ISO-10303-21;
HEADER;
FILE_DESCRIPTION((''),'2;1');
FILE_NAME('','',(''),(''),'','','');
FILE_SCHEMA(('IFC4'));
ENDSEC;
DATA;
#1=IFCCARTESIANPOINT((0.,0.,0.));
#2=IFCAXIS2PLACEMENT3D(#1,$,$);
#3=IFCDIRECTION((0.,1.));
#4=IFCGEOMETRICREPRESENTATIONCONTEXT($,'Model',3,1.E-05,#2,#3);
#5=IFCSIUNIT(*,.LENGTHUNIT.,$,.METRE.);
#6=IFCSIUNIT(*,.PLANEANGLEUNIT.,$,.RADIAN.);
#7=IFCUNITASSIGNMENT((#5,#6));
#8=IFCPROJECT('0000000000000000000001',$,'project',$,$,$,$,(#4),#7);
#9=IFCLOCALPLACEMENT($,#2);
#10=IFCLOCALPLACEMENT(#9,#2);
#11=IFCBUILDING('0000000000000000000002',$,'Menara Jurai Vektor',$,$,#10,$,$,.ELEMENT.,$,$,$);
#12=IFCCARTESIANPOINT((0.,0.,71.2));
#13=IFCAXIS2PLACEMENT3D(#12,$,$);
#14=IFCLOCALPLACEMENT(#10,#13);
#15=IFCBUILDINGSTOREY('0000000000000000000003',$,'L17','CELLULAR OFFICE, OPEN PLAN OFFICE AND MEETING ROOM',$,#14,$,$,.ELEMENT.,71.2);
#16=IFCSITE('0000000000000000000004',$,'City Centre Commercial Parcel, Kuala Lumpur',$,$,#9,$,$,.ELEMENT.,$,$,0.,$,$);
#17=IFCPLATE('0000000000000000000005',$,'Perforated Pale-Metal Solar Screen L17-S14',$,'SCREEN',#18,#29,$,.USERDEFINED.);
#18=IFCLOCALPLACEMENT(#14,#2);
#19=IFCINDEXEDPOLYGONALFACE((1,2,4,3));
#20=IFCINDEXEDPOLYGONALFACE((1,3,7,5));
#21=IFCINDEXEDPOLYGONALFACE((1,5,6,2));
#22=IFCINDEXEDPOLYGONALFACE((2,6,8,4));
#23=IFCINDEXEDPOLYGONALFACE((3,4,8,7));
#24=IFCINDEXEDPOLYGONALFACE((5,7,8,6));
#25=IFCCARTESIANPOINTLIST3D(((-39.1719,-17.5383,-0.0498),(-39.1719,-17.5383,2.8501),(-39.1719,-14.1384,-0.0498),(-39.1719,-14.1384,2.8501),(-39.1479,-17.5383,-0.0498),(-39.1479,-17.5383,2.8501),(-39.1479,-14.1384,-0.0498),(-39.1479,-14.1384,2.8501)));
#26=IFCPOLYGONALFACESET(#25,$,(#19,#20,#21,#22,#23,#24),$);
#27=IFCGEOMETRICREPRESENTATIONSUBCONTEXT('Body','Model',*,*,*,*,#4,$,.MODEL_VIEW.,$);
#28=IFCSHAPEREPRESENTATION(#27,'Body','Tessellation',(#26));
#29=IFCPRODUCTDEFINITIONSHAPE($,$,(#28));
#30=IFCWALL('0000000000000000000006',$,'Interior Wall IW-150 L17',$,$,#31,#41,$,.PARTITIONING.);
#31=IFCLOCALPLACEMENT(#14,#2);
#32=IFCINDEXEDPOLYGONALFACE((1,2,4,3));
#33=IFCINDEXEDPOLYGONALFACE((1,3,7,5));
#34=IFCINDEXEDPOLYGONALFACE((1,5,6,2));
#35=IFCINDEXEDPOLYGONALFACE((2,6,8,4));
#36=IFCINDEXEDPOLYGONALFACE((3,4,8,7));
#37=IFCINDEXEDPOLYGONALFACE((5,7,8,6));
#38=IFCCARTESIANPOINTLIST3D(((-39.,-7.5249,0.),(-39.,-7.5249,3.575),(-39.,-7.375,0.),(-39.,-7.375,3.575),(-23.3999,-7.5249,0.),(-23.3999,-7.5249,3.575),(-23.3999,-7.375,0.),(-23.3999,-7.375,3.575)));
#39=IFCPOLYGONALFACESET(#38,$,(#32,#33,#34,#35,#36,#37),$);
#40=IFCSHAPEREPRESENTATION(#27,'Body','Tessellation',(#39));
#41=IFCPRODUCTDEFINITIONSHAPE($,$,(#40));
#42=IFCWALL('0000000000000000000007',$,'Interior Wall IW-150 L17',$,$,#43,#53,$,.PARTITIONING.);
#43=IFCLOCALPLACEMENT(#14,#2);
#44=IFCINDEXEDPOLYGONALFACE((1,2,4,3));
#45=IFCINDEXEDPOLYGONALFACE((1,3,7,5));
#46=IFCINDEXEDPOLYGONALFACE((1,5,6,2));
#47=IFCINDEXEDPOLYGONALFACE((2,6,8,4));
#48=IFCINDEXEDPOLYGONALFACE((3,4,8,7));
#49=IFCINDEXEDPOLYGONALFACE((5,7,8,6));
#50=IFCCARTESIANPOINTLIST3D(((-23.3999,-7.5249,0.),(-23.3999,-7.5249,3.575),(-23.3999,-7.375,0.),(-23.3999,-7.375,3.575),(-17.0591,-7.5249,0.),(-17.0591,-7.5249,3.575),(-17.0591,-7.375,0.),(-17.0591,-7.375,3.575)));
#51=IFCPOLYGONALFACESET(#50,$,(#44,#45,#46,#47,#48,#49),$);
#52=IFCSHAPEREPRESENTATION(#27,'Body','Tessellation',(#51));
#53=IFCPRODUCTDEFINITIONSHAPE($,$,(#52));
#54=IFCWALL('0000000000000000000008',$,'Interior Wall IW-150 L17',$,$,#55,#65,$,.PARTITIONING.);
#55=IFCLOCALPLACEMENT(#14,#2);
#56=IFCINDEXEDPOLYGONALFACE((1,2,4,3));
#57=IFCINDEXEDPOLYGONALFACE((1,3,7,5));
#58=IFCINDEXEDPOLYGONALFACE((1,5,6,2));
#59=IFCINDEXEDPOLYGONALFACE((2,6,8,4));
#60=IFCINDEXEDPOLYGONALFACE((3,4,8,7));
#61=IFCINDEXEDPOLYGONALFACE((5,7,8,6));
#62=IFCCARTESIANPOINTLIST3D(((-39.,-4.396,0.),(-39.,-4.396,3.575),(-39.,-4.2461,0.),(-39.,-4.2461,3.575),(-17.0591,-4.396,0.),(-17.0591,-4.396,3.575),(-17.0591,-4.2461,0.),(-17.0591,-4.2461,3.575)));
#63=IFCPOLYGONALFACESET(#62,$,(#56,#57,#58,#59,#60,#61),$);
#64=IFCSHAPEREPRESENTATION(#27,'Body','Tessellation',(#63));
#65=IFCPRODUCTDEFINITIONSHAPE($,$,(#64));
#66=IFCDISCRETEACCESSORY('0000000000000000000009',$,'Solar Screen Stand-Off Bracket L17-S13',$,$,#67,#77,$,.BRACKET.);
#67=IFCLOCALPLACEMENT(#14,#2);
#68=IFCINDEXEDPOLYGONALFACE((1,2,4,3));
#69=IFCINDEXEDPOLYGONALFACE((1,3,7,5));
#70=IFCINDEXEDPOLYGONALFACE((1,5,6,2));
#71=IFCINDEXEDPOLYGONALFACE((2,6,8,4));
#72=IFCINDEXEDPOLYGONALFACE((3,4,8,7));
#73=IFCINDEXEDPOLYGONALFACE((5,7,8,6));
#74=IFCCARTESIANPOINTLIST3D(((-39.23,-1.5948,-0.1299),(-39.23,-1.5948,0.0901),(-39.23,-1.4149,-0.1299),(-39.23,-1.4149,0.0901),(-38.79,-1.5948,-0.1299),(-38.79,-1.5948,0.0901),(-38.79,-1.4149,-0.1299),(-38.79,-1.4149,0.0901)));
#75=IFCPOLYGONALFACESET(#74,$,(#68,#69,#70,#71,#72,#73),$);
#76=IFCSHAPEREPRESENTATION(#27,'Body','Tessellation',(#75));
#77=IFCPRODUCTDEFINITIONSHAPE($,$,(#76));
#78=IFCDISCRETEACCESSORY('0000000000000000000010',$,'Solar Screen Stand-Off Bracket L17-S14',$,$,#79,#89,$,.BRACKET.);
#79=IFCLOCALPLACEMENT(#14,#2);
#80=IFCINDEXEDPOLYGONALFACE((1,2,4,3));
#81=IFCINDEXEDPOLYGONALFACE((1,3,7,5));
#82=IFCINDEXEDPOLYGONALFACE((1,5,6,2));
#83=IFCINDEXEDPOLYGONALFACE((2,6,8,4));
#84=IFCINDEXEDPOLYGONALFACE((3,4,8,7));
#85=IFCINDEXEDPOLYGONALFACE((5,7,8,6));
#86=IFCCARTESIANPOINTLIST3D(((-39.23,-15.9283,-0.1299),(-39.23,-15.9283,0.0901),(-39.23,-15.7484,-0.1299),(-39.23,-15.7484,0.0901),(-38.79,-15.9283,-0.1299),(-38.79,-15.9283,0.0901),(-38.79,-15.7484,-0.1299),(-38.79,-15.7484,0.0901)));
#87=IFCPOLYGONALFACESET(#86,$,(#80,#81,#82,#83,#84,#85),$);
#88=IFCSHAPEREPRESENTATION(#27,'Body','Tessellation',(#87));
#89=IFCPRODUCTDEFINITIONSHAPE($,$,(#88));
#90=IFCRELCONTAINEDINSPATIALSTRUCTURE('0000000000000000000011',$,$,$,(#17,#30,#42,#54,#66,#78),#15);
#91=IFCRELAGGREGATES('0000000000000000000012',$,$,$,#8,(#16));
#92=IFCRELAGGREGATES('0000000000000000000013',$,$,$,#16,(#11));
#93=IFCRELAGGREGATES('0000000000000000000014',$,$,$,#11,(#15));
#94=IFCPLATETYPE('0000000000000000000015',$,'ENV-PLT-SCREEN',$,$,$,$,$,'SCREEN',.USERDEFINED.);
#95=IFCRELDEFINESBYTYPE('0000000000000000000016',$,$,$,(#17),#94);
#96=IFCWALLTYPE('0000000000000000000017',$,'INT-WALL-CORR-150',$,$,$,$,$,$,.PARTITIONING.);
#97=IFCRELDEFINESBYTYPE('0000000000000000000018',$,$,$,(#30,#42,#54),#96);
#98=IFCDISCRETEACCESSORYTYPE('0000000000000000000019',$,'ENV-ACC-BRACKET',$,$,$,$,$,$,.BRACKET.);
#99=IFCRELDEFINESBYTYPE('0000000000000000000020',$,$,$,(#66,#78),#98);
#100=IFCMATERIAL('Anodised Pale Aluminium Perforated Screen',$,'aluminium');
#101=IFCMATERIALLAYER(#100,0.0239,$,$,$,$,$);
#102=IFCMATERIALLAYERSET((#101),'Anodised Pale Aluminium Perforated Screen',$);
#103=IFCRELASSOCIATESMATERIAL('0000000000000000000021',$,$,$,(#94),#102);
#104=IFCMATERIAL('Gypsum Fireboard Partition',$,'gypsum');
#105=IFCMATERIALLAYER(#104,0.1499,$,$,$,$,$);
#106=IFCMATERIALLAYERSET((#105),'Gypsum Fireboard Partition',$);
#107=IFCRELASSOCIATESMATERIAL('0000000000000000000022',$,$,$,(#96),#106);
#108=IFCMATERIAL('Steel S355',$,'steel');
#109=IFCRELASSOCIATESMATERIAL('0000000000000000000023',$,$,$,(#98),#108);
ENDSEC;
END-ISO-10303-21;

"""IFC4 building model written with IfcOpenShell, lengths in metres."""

from ifc_helpers import new_model, si_unit, direction, frame, frame_2d, origin, origin_2d, place, context, subcontext, project, spatial, rectangle, extrude, material, layer, layer_set, type_object, element, save


model = new_model("IFC4")

# Units and contexts
model_context = context("Model", 3, precision=1e-05, world=origin(), true_north=direction((0.0, 1.0)))
body_context = subcontext(model_context, "Body", "Model", "MODEL_VIEW")
ifc_project = project(units=[si_unit("LENGTHUNIT", "METRE"), si_unit("PLANEANGLEUNIT", "RADIAN")], contexts=[model_context])

# Site, building, storey
site_placement = place(None, origin())
site = spatial("IfcSite", under=ifc_project, at=site_placement, Name="City Centre Commercial Parcel, Kuala Lumpur", CompositionType="ELEMENT", RefElevation=0.0)
building_placement = place(site_placement, origin())
building = spatial("IfcBuilding", under=site, at=building_placement, Name="Menara Jurai Vektor", CompositionType="ELEMENT")
storey_placement = place(building_placement, frame((0.0, 0.0, 71.2)))
storey = spatial("IfcBuildingStorey", under=building, at=storey_placement, Name="L17", Description="CELLULAR OFFICE, OPEN PLAN OFFICE AND MEETING ROOM", CompositionType="ELEMENT", Elevation=71.2)

# Shared definitions
ifc_material_1 = material(Name="Steel S355", Category="steel")

# Plate
ifc_material_2 = material(Name="Anodised Pale Aluminium Perforated Screen", Category="aluminium")
ifc_layer_1 = layer(ifc_material_2, 0.0239)
ifc_layer_set_1 = layer_set([ifc_layer_1], Name="Anodised Pale Aluminium Perforated Screen")
plate_type_1 = type_object("IfcPlateType", Name="ENV-PLT-SCREEN", ElementType="SCREEN", PredefinedType="USERDEFINED", material=ifc_layer_set_1)
for number, where, z_axis, x_axis, name in (
    (1, (-39.1599, -15.8384, -0.0498), (0.0, 0.0, 1.0), (0.0, -1.0, 0.0), "Perforated Pale-Metal Solar Screen L17-S14"),
):
    element("IfcPlate", number, at=place(storey_placement, frame(where, z_axis=z_axis, x_axis=x_axis)), inside=storey, type_object=plate_type_1, Name=name, ObjectType="SCREEN", PredefinedType="USERDEFINED", context=body_context, shape_type="SweptSolid", body=[
        extrude(rectangle(XDim=3.3999, YDim=0.0239, at=origin_2d()), origin(), (0.0, 0.0, 1.0), 2.8999),
    ])

# Walls
ifc_material_3 = material(Name="Gypsum Fireboard Partition", Category="gypsum")
ifc_layer_2 = layer(ifc_material_3, 0.1499)
ifc_layer_set_2 = layer_set([ifc_layer_2], Name="Gypsum Fireboard Partition")
wall_type = type_object("IfcWallType", Name="INT-WALL-CORR-150", PredefinedType="PARTITIONING", material=ifc_layer_set_2)
wall_1_placement = place(storey_placement, frame((-39.0, -7.45, 0.0), z_axis=(0.0, 0.0, 1.0), x_axis=(1.0, 0.0, 0.0)))
element("IfcWall", 2, at=wall_1_placement, inside=storey, type_object=wall_type, Name="Interior Wall IW-150 L17", PredefinedType="PARTITIONING", context=body_context, shape_type="SweptSolid", body=[
    extrude(rectangle(XDim=15.6001, YDim=0.1499, at=frame_2d((7.8, 0.0))), origin(), (0.0, 0.0, 1.0), 3.575),
])
wall_2_placement = place(storey_placement, frame((-23.3999, -7.45, 0.0), z_axis=(0.0, 0.0, 1.0), x_axis=(1.0, 0.0, 0.0)))
element("IfcWall", 3, at=wall_2_placement, inside=storey, type_object=wall_type, Name="Interior Wall IW-150 L17", PredefinedType="PARTITIONING", context=body_context, shape_type="SweptSolid", body=[
    extrude(rectangle(XDim=6.3408, YDim=0.1499, at=frame_2d((3.1704, 0.0))), origin(), (0.0, 0.0, 1.0), 3.575),
])
wall_3_placement = place(storey_placement, frame((-39.0, -4.321, 0.0), z_axis=(0.0, 0.0, 1.0), x_axis=(1.0, 0.0, 0.0)))
element("IfcWall", 4, at=wall_3_placement, inside=storey, type_object=wall_type, Name="Interior Wall IW-150 L17", PredefinedType="PARTITIONING", context=body_context, shape_type="SweptSolid", body=[
    extrude(rectangle(XDim=21.9409, YDim=0.1499, at=frame_2d((10.9705, 0.0))), origin(), (0.0, 0.0, 1.0), 3.575),
])

# Discrete accessories
discrete_accessory_type = type_object("IfcDiscreteAccessoryType", Name="ENV-ACC-BRACKET", PredefinedType="BRACKET", material=ifc_material_1)
for number, where, z_axis, x_axis, name in (
    (5, (-39.01, -1.5049, -0.1299), (0.0, 0.0, 1.0), (0.0, -1.0, 0.0), "Solar Screen Stand-Off Bracket L17-S13"),
    (6, (-39.01, -15.8384, -0.1299), (0.0, 0.0, 1.0), (0.0, -1.0, 0.0), "Solar Screen Stand-Off Bracket L17-S14"),
):
    element("IfcDiscreteAccessory", number, at=place(storey_placement, frame(where, z_axis=z_axis, x_axis=x_axis)), inside=storey, type_object=discrete_accessory_type, Name=name, PredefinedType="BRACKET", context=body_context, shape_type="SweptSolid", body=[
        extrude(rectangle(XDim=0.1799, YDim=0.4399, at=origin_2d()), origin(), (0.0, 0.0, 1.0), 0.22),
    ])

save(model, "model.ifc")
